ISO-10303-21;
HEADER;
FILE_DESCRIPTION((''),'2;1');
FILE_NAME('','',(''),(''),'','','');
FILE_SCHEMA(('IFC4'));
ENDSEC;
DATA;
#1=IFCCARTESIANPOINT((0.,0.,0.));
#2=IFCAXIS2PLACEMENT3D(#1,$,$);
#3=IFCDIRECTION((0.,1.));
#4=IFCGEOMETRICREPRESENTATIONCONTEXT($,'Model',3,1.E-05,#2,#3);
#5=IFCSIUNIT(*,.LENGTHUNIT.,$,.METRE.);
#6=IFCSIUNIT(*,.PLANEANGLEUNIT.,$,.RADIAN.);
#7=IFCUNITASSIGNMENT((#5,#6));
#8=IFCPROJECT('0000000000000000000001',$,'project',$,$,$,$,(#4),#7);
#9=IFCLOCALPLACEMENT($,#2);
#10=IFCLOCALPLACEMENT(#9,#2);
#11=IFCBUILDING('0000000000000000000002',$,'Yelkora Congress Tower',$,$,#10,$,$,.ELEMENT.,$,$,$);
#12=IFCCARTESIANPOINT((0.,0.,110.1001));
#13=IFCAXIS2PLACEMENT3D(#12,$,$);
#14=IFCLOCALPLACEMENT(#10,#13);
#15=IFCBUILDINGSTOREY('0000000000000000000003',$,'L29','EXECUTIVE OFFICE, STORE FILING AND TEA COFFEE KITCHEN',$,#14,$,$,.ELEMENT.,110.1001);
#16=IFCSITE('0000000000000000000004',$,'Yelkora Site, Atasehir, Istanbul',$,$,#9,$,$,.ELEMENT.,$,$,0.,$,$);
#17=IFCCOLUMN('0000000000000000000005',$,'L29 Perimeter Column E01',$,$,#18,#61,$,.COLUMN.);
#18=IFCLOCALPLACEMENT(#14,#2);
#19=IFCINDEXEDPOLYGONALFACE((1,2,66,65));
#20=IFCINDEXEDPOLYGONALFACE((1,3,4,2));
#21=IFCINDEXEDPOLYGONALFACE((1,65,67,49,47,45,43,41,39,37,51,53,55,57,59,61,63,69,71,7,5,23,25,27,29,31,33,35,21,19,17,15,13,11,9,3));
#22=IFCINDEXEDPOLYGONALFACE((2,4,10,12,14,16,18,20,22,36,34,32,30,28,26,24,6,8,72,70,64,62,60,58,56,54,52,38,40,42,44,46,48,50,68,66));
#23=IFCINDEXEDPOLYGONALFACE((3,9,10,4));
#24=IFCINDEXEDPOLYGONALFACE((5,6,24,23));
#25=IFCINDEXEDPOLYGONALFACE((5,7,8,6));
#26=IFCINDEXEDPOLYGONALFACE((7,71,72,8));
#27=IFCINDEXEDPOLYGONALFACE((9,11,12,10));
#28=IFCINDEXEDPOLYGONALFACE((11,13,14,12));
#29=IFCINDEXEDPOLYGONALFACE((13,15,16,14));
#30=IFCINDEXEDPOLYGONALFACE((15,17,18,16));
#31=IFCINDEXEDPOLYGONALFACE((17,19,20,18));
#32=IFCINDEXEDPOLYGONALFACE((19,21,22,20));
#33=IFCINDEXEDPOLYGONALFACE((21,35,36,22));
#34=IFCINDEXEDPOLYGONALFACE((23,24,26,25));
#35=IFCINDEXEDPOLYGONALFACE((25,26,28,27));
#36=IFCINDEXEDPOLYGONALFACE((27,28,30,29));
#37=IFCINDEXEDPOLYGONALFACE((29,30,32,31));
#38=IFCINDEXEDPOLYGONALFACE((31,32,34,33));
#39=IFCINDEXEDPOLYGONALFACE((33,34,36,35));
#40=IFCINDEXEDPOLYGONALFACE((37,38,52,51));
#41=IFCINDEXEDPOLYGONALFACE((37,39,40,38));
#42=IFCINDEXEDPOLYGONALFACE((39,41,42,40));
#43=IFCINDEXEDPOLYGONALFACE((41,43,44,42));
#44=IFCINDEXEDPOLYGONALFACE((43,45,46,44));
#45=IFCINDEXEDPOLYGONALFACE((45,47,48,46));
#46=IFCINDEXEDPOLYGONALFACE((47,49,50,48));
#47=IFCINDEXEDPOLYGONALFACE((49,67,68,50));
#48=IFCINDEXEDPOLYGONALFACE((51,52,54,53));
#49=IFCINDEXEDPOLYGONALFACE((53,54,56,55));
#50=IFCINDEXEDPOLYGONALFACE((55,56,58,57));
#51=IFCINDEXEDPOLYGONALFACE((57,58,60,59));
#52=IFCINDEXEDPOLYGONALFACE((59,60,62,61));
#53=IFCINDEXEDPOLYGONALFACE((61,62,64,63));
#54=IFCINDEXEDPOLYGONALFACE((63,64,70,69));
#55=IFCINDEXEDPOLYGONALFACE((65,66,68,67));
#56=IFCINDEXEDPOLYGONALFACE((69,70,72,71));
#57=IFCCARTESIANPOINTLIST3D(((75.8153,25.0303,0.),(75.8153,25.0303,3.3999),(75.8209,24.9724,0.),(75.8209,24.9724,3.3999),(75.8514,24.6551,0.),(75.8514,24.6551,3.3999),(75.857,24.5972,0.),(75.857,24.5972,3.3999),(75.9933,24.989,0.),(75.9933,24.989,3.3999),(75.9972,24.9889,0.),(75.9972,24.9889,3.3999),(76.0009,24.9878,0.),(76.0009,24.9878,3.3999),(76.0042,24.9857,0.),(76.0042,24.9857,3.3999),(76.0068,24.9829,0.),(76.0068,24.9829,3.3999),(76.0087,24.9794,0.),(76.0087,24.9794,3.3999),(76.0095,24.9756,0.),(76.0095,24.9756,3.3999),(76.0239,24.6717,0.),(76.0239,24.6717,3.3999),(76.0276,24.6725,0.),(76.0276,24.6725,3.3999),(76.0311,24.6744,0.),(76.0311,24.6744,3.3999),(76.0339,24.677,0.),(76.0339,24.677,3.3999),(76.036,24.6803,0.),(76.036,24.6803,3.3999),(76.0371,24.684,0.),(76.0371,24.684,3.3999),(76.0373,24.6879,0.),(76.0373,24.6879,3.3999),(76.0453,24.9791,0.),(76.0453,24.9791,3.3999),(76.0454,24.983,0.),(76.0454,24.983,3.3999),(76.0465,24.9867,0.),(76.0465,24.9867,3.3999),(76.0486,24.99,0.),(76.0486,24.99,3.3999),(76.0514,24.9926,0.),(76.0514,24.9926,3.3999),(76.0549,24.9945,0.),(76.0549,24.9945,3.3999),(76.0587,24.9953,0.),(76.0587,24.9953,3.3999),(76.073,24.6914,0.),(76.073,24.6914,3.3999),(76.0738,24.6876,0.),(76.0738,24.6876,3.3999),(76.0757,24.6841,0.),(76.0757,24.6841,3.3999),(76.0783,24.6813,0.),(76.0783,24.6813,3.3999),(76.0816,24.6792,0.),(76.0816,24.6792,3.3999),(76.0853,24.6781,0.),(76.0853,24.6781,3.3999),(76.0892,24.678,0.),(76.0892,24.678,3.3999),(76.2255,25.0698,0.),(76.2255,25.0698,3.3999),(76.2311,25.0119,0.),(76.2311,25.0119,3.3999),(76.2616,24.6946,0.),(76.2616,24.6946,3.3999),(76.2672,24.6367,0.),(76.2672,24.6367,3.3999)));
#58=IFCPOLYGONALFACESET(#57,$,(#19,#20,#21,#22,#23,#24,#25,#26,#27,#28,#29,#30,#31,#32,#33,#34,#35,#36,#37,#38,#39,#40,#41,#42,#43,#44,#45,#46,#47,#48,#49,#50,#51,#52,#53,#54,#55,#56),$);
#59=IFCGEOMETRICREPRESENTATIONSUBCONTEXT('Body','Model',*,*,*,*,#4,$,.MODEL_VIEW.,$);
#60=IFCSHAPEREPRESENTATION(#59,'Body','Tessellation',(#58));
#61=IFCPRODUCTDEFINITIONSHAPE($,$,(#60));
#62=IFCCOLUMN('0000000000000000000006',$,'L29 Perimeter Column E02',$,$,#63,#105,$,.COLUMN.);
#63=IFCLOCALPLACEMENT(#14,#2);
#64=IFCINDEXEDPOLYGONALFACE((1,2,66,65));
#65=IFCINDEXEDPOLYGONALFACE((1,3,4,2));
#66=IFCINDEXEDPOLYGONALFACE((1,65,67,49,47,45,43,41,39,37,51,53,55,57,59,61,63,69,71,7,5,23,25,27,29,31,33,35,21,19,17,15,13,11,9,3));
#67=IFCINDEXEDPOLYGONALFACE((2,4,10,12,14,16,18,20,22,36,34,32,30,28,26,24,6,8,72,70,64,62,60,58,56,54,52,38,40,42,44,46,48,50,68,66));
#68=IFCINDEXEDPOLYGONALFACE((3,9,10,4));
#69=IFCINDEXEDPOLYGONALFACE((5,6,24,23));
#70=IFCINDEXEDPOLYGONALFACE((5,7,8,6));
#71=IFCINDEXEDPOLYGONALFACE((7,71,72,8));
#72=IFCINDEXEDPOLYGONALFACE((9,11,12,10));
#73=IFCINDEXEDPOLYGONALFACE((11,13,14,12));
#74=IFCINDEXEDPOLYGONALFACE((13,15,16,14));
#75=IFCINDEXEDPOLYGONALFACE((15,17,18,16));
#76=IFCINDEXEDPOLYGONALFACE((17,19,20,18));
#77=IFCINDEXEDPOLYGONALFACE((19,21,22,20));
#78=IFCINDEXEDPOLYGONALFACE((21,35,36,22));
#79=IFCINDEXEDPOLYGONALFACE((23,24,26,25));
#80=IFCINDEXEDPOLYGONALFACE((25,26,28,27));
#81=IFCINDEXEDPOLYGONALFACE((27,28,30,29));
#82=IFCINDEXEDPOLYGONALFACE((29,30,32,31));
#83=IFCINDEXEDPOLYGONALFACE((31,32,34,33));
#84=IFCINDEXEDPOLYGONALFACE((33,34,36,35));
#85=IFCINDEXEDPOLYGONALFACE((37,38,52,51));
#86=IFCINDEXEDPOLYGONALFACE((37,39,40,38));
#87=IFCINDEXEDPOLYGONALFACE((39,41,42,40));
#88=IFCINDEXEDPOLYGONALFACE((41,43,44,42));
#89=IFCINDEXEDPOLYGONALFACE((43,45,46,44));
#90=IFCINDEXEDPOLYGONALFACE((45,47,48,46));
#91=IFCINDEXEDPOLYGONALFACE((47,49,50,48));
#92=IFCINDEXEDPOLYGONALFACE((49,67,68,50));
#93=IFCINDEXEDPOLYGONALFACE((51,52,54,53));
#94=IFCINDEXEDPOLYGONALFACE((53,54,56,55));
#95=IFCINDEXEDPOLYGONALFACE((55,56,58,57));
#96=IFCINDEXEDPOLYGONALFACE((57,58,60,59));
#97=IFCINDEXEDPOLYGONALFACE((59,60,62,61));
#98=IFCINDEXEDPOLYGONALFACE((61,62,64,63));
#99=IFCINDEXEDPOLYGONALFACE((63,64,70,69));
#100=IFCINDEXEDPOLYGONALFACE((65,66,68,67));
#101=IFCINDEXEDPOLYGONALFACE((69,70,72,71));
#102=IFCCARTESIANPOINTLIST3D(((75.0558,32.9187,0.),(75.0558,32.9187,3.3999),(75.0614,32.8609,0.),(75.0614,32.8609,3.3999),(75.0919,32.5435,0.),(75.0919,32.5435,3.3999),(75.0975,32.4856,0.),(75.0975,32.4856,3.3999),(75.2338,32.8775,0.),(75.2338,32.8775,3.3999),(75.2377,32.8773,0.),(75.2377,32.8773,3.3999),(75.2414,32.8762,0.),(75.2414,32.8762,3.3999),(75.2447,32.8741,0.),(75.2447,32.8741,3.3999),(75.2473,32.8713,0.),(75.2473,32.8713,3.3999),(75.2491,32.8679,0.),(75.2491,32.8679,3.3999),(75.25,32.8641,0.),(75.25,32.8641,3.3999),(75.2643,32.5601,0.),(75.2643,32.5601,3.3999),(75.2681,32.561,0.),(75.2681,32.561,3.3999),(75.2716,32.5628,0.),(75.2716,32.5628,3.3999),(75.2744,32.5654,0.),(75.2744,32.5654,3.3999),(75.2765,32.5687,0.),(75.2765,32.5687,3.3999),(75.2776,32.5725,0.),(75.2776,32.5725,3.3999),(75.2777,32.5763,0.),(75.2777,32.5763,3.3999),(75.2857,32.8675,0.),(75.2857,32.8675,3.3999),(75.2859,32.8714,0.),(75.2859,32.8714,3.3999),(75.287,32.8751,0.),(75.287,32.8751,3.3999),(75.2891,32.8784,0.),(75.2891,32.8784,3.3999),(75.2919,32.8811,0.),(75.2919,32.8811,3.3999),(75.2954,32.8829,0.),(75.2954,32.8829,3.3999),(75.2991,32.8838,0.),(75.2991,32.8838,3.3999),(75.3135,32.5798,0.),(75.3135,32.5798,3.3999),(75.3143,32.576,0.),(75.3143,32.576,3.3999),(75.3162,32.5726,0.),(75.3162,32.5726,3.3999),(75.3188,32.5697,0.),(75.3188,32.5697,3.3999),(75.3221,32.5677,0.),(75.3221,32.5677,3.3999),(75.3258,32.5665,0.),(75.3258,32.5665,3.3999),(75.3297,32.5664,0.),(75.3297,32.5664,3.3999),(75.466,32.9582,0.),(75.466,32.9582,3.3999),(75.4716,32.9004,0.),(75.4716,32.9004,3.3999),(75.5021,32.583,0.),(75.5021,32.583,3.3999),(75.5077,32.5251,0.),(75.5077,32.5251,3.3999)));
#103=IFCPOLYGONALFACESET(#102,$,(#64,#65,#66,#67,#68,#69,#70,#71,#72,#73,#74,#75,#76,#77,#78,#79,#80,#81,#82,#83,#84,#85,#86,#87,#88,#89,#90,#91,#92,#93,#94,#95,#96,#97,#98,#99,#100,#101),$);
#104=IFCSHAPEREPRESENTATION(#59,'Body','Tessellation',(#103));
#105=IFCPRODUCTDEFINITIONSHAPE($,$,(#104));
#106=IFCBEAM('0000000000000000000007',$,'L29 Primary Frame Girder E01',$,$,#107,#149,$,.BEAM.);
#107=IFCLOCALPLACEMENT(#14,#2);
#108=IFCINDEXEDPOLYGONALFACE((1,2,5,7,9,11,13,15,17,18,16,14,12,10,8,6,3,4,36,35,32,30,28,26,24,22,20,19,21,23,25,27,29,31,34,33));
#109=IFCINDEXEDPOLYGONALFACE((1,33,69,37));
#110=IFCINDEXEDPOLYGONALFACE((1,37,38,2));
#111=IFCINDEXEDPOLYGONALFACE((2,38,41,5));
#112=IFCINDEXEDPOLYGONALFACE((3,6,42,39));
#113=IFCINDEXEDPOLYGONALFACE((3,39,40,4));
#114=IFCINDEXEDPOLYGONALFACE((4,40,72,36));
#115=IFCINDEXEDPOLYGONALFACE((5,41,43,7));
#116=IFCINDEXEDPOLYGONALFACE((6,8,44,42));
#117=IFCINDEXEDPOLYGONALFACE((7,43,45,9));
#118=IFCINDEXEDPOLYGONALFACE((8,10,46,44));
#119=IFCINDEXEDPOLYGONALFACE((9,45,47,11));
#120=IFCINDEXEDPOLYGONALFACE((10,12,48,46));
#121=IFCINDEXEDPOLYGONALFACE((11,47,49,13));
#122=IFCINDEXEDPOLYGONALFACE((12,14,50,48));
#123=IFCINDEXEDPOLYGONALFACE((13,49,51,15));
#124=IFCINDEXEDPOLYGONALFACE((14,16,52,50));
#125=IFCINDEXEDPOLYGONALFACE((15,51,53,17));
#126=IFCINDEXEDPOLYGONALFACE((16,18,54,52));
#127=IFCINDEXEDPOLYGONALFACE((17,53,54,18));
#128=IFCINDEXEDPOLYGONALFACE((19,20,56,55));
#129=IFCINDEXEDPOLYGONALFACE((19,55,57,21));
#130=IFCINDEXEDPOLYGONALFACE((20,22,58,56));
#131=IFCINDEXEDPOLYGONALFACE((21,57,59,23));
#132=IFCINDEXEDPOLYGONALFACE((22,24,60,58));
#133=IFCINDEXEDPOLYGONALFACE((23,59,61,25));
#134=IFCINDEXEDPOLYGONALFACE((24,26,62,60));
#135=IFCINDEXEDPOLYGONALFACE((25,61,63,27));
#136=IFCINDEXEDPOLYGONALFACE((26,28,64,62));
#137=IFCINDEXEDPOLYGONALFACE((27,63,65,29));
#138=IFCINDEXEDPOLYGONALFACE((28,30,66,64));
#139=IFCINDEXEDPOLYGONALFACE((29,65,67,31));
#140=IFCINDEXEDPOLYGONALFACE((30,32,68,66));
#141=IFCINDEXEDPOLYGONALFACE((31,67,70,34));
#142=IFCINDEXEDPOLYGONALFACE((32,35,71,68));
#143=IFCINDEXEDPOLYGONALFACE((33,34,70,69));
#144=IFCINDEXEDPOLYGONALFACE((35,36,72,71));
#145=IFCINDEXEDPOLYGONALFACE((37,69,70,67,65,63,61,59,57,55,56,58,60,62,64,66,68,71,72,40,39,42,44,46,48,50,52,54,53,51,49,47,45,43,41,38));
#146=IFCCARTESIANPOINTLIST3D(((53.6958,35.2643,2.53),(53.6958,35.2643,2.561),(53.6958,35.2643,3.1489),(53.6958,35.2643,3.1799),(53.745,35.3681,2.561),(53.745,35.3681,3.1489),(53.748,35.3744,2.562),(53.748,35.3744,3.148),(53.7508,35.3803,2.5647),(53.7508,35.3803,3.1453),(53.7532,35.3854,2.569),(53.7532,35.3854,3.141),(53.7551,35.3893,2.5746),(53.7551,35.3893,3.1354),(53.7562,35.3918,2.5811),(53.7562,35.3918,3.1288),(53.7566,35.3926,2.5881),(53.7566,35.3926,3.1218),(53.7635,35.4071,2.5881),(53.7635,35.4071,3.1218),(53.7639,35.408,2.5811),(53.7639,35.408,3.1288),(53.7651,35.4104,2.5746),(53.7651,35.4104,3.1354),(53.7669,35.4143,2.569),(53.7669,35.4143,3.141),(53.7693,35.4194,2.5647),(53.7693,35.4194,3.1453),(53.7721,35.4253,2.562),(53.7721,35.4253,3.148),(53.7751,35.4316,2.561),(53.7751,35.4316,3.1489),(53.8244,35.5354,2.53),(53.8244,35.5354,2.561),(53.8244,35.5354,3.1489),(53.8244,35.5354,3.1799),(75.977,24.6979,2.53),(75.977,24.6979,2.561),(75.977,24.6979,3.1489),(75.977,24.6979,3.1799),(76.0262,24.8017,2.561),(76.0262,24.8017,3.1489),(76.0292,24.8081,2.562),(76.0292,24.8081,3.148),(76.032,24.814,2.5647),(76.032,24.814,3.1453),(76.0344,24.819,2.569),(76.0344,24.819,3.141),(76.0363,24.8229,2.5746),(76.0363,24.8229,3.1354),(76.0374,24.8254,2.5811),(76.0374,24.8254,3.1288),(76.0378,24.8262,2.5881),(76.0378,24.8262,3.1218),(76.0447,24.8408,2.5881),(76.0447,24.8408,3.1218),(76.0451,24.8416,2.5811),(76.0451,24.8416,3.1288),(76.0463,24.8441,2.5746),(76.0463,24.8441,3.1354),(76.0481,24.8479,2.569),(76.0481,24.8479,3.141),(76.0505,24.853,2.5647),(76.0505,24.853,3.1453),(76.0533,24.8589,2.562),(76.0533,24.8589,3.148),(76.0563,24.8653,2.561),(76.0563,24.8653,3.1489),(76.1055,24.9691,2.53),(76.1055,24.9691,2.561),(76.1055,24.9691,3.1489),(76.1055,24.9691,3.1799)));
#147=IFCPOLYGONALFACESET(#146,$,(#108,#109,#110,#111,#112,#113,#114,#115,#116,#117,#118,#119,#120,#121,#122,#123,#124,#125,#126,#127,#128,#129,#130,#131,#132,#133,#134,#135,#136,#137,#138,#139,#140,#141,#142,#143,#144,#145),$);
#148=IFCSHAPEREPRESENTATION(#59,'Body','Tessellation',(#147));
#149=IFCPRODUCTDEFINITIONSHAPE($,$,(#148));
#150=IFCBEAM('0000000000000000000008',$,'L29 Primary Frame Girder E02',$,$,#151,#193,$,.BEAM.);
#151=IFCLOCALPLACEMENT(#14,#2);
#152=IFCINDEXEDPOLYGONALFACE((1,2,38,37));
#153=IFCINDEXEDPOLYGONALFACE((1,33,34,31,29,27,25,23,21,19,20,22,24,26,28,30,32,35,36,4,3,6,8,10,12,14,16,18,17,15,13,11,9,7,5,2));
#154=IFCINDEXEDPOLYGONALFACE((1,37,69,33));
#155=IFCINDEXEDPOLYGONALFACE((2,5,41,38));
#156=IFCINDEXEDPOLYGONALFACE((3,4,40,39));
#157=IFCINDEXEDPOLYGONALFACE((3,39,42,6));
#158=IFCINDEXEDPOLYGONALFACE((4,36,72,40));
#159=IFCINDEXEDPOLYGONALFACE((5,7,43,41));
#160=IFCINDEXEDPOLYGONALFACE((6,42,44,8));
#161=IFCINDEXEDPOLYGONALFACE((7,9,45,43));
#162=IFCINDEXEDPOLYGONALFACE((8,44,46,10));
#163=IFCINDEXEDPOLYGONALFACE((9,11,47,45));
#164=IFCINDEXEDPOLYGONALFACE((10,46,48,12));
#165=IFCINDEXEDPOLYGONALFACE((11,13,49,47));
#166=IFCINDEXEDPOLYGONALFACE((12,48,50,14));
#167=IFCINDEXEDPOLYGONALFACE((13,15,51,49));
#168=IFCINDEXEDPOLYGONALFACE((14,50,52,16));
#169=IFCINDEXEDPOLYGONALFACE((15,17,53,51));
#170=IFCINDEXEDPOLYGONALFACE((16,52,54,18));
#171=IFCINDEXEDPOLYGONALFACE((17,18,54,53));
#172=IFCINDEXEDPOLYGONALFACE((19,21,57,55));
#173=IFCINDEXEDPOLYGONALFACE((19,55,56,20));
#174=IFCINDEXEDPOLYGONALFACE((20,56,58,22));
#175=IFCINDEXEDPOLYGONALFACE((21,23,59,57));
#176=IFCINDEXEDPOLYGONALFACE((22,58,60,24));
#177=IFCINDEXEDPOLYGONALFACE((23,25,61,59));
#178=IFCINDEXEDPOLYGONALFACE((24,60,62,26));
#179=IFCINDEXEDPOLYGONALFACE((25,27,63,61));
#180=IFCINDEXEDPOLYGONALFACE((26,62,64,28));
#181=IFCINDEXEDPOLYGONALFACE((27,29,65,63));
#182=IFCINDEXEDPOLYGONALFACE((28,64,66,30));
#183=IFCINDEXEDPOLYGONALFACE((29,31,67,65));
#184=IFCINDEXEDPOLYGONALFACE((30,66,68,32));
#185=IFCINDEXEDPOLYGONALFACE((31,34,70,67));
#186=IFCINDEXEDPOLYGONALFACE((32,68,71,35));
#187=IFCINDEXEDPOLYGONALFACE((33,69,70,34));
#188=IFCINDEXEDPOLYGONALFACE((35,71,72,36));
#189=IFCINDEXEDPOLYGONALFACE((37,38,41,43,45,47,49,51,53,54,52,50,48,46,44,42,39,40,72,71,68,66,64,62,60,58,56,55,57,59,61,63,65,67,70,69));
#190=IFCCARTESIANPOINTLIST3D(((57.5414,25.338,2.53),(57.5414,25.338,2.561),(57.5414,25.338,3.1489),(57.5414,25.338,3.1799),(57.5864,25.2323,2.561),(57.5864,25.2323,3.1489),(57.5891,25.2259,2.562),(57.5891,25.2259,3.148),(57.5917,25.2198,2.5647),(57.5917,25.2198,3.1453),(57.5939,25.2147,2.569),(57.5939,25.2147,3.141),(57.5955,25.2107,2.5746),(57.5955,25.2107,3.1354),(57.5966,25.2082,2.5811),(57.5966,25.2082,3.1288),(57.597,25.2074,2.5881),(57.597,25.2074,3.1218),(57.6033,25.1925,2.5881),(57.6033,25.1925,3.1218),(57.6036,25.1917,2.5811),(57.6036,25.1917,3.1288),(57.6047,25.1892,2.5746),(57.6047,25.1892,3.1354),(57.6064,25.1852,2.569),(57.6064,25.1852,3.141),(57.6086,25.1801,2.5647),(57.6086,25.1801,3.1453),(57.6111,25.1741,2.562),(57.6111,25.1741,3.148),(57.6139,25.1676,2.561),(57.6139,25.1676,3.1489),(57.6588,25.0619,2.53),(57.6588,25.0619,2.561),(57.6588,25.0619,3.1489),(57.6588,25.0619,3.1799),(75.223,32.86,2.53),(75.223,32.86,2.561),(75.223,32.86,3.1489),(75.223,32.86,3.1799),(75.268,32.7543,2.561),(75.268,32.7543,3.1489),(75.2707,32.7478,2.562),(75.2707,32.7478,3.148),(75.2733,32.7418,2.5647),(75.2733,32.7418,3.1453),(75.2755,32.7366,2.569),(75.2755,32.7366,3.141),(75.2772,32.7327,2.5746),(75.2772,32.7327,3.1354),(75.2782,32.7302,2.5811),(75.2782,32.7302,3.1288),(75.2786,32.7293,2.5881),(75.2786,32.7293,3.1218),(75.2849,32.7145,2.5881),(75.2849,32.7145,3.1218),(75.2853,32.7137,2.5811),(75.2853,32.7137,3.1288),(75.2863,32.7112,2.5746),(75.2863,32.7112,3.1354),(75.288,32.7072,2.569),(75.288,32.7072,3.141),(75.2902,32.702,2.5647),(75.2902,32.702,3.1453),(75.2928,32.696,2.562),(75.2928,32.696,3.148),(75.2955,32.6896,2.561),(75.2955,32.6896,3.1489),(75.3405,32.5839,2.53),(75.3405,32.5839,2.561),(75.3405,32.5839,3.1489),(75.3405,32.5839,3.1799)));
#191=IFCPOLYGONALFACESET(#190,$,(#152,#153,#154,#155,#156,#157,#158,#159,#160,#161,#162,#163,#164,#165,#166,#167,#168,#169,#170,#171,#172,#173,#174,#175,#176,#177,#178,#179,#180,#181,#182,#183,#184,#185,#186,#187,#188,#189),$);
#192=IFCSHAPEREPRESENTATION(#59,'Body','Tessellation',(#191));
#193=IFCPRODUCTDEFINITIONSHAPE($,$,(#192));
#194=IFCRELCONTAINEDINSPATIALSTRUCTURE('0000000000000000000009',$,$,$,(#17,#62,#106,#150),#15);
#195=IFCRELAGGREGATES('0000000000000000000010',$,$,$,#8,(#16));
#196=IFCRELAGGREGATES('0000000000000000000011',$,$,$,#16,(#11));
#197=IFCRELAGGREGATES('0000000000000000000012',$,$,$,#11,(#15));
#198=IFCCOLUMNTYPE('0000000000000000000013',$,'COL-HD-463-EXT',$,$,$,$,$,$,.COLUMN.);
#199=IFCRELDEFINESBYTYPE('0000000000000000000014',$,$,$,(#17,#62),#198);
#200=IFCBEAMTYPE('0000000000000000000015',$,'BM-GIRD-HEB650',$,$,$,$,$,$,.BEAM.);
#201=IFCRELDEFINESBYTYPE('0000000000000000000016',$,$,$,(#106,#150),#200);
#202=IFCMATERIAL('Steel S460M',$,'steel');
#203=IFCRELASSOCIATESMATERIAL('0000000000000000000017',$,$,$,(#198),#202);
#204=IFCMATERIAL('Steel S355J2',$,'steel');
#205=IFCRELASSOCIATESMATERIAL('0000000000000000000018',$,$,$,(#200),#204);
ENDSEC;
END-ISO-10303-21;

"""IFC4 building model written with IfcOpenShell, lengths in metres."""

from ifc_helpers import new_model, si_unit, direction, frame, origin, origin_2d, place, context, subcontext, project, spatial, i_section, extrude, material, material_profile, profile_set, type_object, element, save


model = new_model("IFC4")

# Units and contexts
model_context = context("Model", 3, precision=1e-05, world=origin(), true_north=direction((0.0, 1.0)))
body_context = subcontext(model_context, "Body", "Model", "MODEL_VIEW")
ifc_project = project(units=[si_unit("LENGTHUNIT", "METRE"), si_unit("PLANEANGLEUNIT", "RADIAN")], contexts=[model_context])

# Site, building, storey
site_placement = place(None, origin())
site = spatial("IfcSite", under=ifc_project, at=site_placement, Name="Yelkora Site, Atasehir, Istanbul", CompositionType="ELEMENT", RefElevation=0.0)
building_placement = place(site_placement, origin())
building = spatial("IfcBuilding", under=site, at=building_placement, Name="Yelkora Congress Tower", CompositionType="ELEMENT")
storey_placement = place(building_placement, frame((0.0, 0.0, 110.1001)))
storey = spatial("IfcBuildingStorey", under=building, at=storey_placement, Name="L29", Description="EXECUTIVE OFFICE, STORE FILING AND TEA COFFEE KITCHEN", CompositionType="ELEMENT", Elevation=110.1001)

# Columns
ifc_material_1 = material(Name="Steel S460M", Category="steel")
ifc_material_profile_1 = material_profile(ifc_material_1, i_section(OverallWidth=0.4121, OverallDepth=0.4351, WebThickness=0.0359, FlangeThickness=0.0581, FilletRadius=0.0149, at=origin_2d()), Name="HD 400x463")
ifc_profile_set_1 = profile_set([ifc_material_profile_1], Name="Steel S460M")
column_type = type_object("IfcColumnType", Name="COL-HD-463-EXT", PredefinedType="COLUMN", material=ifc_profile_set_1)
for number, where, z_axis, x_axis, name in (
    (1, (76.0413, 24.8335, 0.0), (0.0, 0.0, 1.0), (0.995396, 0.095846, 0.0), "L29 Perimeter Column E01"),
    (2, (75.2817, 32.7219, 0.0), (0.0, 0.0, 1.0), (0.995396, 0.095846, 0.0), "L29 Perimeter Column E02"),
):
    element("IfcColumn", number, at=place(storey_placement, frame(where, z_axis=z_axis, x_axis=x_axis)), inside=storey, type_object=column_type, Name=name, PredefinedType="COLUMN", context=body_context, shape_type="SweptSolid", body=[
        extrude(i_section(OverallWidth=0.4121, OverallDepth=0.4351, WebThickness=0.0359, FlangeThickness=0.0581, FilletRadius=0.0149, at=origin_2d()), origin(), (0.0, 0.0, 1.0), 3.3999),
    ])

# Beams
ifc_material_2 = material(Name="Steel S355J2", Category="steel")
ifc_material_profile_2 = material_profile(ifc_material_2, i_section(OverallWidth=0.3, OverallDepth=0.6499, WebThickness=0.0161, FlangeThickness=0.031, FilletRadius=0.0271, at=origin_2d()), Name="HEB 650")
ifc_profile_set_2 = profile_set([ifc_material_profile_2], Name="Steel S355J2")
beam_type_1 = type_object("IfcBeamType", Name="BM-GIRD-HEB650", PredefinedType="BEAM", material=ifc_profile_set_2)
beam_1_placement = place(storey_placement, frame((76.0413, 24.8335, 2.855), z_axis=(-0.903547, 0.428488, 0.0), x_axis=(-0.428488, -0.903547, 0.0)))
element("IfcBeam", 3, at=beam_1_placement, inside=storey, type_object=beam_type_1, Name="L29 Primary Frame Girder E01", PredefinedType="BEAM", context=body_context, shape_type="SweptSolid", body=[
    extrude(i_section(OverallWidth=0.3, OverallDepth=0.6499, WebThickness=0.0161, FlangeThickness=0.031, FilletRadius=0.0271, at=origin_2d()), origin(), (0.0, 0.0, 1.0), 24.6597),
])
beam_2_placement = place(storey_placement, frame((75.2817, 32.7219, 2.855), z_axis=(-0.920195, -0.391461, 0.0), x_axis=(0.391461, -0.920195, 0.0)))
element("IfcBeam", 4, at=beam_2_placement, inside=storey, type_object=beam_type_1, Name="L29 Primary Frame Girder E02", PredefinedType="BEAM", context=body_context, shape_type="SweptSolid", body=[
    extrude(i_section(OverallWidth=0.3, OverallDepth=0.6499, WebThickness=0.0161, FlangeThickness=0.031, FilletRadius=0.0271, at=origin_2d()), origin(), (0.0, 0.0, 1.0), 19.2151),
])

save(model, "model.ifc")
